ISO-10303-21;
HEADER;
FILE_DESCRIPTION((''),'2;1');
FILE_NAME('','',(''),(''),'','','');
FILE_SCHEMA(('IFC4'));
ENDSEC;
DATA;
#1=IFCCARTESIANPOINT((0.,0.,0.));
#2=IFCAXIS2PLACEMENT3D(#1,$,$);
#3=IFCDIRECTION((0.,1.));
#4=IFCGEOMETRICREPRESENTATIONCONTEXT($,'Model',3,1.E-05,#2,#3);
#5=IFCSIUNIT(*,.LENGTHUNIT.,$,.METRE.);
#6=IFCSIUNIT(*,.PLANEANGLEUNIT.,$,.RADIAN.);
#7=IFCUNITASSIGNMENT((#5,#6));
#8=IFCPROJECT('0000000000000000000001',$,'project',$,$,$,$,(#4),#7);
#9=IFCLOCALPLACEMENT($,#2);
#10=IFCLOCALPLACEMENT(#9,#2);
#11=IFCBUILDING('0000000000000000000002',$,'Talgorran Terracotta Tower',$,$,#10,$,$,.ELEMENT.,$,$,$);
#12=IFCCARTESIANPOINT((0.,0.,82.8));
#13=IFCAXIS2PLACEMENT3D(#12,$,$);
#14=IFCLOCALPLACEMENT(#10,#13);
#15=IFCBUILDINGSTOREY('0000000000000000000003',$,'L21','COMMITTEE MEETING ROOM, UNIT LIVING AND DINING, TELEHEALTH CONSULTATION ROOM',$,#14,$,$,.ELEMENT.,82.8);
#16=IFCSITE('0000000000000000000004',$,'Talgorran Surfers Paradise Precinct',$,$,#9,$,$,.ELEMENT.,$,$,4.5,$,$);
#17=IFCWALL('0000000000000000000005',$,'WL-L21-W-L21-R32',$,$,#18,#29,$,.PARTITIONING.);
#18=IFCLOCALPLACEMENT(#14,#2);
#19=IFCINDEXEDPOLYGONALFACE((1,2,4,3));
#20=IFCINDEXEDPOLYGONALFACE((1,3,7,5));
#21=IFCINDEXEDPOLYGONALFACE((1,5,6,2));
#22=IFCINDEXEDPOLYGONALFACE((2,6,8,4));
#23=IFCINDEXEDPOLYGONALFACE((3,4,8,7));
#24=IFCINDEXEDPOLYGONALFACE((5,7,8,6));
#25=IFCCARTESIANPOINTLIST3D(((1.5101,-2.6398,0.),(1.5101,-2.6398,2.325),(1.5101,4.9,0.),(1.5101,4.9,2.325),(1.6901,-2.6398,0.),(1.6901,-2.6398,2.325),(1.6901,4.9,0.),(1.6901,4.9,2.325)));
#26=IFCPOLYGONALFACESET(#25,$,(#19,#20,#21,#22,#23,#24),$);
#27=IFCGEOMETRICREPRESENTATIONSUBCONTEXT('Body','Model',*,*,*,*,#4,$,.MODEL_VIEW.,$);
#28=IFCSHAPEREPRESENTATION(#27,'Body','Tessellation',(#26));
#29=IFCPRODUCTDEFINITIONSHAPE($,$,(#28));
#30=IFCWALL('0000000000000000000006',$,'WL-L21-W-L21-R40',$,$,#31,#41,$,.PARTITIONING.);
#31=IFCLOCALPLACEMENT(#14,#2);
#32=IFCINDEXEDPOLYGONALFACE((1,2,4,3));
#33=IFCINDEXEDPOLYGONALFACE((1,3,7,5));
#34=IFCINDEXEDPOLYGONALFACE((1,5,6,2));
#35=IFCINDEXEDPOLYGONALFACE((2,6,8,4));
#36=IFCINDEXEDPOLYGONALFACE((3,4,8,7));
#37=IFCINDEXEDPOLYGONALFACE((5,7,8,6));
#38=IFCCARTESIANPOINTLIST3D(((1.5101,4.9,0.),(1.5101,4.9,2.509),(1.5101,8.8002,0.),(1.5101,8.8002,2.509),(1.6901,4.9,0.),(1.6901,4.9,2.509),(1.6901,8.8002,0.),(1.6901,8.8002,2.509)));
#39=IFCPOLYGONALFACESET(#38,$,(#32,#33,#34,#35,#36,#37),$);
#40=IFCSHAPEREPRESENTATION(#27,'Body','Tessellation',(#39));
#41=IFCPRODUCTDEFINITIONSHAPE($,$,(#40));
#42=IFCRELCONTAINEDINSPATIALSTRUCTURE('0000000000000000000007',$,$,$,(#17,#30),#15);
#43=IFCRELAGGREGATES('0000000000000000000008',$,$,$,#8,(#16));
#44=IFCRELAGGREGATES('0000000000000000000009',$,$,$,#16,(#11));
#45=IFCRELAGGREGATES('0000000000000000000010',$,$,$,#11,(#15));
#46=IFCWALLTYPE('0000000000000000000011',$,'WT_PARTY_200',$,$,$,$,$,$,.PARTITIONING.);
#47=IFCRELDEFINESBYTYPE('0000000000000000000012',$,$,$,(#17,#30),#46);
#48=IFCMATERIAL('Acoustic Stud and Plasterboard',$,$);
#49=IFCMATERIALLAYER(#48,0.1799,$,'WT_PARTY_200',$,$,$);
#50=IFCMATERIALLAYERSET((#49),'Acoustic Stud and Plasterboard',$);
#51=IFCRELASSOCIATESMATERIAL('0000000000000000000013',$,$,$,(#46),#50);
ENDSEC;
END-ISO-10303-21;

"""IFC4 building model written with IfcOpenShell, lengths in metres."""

from ifc_helpers import new_model, si_unit, direction, frame, frame_2d, origin, place, context, subcontext, project, spatial, rectangle, extrude, material, layer, layer_set, type_object, element, save


model = new_model("IFC4")

# Units and contexts
model_context = context("Model", 3, precision=1e-05, world=origin(), true_north=direction((0.0, 1.0)))
body_context = subcontext(model_context, "Body", "Model", "MODEL_VIEW")
ifc_project = project(units=[si_unit("LENGTHUNIT", "METRE"), si_unit("PLANEANGLEUNIT", "RADIAN")], contexts=[model_context])

# Site, building, storey
site_placement = place(None, origin())
site = spatial("IfcSite", under=ifc_project, at=site_placement, Name="Talgorran Surfers Paradise Precinct", CompositionType="ELEMENT", RefElevation=4.5)
building_placement = place(site_placement, origin())
building = spatial("IfcBuilding", under=site, at=building_placement, Name="Talgorran Terracotta Tower", CompositionType="ELEMENT")
storey_placement = place(building_placement, frame((0.0, 0.0, 82.8)))
storey = spatial("IfcBuildingStorey", under=building, at=storey_placement, Name="L21", Description="COMMITTEE MEETING ROOM, UNIT LIVING AND DINING, TELEHEALTH CONSULTATION ROOM", CompositionType="ELEMENT", Elevation=82.8)

# Walls
ifc_material_1 = material(Name="Acoustic Stud and Plasterboard")
ifc_layer_1 = layer(ifc_material_1, 0.1799, Name="WT_PARTY_200")
ifc_layer_set_1 = layer_set([ifc_layer_1], Name="Acoustic Stud and Plasterboard")
wall_type_1 = type_object("IfcWallType", Name="WT_PARTY_200", PredefinedType="PARTITIONING", material=ifc_layer_set_1)
wall_1_placement = place(storey_placement, frame((1.6001, -2.6399, 0.0), z_axis=(0.0, 0.0, 1.0), x_axis=(0.0, 1.0, 0.0)))
element("IfcWall", 1, at=wall_1_placement, inside=storey, type_object=wall_type_1, Name="WL-L21-W-L21-R32", PredefinedType="PARTITIONING", context=body_context, shape_type="SweptSolid", body=[
    extrude(rectangle(XDim=7.5398, YDim=0.1799, at=frame_2d((3.77, 0.0))), origin(), (0.0, 0.0, 1.0), 2.325),
])
wall_2_placement = place(storey_placement, frame((1.6001, 4.8999, 0.0), z_axis=(0.0, 0.0, 1.0), x_axis=(0.0, 1.0, 0.0)))
element("IfcWall", 2, at=wall_2_placement, inside=storey, type_object=wall_type_1, Name="WL-L21-W-L21-R40", PredefinedType="PARTITIONING", context=body_context, shape_type="SweptSolid", body=[
    extrude(rectangle(XDim=3.9001, YDim=0.1799, at=frame_2d((1.9502, 0.0))), origin(), (0.0, 0.0, 1.0), 2.509),
])

save(model, "model.ifc")
